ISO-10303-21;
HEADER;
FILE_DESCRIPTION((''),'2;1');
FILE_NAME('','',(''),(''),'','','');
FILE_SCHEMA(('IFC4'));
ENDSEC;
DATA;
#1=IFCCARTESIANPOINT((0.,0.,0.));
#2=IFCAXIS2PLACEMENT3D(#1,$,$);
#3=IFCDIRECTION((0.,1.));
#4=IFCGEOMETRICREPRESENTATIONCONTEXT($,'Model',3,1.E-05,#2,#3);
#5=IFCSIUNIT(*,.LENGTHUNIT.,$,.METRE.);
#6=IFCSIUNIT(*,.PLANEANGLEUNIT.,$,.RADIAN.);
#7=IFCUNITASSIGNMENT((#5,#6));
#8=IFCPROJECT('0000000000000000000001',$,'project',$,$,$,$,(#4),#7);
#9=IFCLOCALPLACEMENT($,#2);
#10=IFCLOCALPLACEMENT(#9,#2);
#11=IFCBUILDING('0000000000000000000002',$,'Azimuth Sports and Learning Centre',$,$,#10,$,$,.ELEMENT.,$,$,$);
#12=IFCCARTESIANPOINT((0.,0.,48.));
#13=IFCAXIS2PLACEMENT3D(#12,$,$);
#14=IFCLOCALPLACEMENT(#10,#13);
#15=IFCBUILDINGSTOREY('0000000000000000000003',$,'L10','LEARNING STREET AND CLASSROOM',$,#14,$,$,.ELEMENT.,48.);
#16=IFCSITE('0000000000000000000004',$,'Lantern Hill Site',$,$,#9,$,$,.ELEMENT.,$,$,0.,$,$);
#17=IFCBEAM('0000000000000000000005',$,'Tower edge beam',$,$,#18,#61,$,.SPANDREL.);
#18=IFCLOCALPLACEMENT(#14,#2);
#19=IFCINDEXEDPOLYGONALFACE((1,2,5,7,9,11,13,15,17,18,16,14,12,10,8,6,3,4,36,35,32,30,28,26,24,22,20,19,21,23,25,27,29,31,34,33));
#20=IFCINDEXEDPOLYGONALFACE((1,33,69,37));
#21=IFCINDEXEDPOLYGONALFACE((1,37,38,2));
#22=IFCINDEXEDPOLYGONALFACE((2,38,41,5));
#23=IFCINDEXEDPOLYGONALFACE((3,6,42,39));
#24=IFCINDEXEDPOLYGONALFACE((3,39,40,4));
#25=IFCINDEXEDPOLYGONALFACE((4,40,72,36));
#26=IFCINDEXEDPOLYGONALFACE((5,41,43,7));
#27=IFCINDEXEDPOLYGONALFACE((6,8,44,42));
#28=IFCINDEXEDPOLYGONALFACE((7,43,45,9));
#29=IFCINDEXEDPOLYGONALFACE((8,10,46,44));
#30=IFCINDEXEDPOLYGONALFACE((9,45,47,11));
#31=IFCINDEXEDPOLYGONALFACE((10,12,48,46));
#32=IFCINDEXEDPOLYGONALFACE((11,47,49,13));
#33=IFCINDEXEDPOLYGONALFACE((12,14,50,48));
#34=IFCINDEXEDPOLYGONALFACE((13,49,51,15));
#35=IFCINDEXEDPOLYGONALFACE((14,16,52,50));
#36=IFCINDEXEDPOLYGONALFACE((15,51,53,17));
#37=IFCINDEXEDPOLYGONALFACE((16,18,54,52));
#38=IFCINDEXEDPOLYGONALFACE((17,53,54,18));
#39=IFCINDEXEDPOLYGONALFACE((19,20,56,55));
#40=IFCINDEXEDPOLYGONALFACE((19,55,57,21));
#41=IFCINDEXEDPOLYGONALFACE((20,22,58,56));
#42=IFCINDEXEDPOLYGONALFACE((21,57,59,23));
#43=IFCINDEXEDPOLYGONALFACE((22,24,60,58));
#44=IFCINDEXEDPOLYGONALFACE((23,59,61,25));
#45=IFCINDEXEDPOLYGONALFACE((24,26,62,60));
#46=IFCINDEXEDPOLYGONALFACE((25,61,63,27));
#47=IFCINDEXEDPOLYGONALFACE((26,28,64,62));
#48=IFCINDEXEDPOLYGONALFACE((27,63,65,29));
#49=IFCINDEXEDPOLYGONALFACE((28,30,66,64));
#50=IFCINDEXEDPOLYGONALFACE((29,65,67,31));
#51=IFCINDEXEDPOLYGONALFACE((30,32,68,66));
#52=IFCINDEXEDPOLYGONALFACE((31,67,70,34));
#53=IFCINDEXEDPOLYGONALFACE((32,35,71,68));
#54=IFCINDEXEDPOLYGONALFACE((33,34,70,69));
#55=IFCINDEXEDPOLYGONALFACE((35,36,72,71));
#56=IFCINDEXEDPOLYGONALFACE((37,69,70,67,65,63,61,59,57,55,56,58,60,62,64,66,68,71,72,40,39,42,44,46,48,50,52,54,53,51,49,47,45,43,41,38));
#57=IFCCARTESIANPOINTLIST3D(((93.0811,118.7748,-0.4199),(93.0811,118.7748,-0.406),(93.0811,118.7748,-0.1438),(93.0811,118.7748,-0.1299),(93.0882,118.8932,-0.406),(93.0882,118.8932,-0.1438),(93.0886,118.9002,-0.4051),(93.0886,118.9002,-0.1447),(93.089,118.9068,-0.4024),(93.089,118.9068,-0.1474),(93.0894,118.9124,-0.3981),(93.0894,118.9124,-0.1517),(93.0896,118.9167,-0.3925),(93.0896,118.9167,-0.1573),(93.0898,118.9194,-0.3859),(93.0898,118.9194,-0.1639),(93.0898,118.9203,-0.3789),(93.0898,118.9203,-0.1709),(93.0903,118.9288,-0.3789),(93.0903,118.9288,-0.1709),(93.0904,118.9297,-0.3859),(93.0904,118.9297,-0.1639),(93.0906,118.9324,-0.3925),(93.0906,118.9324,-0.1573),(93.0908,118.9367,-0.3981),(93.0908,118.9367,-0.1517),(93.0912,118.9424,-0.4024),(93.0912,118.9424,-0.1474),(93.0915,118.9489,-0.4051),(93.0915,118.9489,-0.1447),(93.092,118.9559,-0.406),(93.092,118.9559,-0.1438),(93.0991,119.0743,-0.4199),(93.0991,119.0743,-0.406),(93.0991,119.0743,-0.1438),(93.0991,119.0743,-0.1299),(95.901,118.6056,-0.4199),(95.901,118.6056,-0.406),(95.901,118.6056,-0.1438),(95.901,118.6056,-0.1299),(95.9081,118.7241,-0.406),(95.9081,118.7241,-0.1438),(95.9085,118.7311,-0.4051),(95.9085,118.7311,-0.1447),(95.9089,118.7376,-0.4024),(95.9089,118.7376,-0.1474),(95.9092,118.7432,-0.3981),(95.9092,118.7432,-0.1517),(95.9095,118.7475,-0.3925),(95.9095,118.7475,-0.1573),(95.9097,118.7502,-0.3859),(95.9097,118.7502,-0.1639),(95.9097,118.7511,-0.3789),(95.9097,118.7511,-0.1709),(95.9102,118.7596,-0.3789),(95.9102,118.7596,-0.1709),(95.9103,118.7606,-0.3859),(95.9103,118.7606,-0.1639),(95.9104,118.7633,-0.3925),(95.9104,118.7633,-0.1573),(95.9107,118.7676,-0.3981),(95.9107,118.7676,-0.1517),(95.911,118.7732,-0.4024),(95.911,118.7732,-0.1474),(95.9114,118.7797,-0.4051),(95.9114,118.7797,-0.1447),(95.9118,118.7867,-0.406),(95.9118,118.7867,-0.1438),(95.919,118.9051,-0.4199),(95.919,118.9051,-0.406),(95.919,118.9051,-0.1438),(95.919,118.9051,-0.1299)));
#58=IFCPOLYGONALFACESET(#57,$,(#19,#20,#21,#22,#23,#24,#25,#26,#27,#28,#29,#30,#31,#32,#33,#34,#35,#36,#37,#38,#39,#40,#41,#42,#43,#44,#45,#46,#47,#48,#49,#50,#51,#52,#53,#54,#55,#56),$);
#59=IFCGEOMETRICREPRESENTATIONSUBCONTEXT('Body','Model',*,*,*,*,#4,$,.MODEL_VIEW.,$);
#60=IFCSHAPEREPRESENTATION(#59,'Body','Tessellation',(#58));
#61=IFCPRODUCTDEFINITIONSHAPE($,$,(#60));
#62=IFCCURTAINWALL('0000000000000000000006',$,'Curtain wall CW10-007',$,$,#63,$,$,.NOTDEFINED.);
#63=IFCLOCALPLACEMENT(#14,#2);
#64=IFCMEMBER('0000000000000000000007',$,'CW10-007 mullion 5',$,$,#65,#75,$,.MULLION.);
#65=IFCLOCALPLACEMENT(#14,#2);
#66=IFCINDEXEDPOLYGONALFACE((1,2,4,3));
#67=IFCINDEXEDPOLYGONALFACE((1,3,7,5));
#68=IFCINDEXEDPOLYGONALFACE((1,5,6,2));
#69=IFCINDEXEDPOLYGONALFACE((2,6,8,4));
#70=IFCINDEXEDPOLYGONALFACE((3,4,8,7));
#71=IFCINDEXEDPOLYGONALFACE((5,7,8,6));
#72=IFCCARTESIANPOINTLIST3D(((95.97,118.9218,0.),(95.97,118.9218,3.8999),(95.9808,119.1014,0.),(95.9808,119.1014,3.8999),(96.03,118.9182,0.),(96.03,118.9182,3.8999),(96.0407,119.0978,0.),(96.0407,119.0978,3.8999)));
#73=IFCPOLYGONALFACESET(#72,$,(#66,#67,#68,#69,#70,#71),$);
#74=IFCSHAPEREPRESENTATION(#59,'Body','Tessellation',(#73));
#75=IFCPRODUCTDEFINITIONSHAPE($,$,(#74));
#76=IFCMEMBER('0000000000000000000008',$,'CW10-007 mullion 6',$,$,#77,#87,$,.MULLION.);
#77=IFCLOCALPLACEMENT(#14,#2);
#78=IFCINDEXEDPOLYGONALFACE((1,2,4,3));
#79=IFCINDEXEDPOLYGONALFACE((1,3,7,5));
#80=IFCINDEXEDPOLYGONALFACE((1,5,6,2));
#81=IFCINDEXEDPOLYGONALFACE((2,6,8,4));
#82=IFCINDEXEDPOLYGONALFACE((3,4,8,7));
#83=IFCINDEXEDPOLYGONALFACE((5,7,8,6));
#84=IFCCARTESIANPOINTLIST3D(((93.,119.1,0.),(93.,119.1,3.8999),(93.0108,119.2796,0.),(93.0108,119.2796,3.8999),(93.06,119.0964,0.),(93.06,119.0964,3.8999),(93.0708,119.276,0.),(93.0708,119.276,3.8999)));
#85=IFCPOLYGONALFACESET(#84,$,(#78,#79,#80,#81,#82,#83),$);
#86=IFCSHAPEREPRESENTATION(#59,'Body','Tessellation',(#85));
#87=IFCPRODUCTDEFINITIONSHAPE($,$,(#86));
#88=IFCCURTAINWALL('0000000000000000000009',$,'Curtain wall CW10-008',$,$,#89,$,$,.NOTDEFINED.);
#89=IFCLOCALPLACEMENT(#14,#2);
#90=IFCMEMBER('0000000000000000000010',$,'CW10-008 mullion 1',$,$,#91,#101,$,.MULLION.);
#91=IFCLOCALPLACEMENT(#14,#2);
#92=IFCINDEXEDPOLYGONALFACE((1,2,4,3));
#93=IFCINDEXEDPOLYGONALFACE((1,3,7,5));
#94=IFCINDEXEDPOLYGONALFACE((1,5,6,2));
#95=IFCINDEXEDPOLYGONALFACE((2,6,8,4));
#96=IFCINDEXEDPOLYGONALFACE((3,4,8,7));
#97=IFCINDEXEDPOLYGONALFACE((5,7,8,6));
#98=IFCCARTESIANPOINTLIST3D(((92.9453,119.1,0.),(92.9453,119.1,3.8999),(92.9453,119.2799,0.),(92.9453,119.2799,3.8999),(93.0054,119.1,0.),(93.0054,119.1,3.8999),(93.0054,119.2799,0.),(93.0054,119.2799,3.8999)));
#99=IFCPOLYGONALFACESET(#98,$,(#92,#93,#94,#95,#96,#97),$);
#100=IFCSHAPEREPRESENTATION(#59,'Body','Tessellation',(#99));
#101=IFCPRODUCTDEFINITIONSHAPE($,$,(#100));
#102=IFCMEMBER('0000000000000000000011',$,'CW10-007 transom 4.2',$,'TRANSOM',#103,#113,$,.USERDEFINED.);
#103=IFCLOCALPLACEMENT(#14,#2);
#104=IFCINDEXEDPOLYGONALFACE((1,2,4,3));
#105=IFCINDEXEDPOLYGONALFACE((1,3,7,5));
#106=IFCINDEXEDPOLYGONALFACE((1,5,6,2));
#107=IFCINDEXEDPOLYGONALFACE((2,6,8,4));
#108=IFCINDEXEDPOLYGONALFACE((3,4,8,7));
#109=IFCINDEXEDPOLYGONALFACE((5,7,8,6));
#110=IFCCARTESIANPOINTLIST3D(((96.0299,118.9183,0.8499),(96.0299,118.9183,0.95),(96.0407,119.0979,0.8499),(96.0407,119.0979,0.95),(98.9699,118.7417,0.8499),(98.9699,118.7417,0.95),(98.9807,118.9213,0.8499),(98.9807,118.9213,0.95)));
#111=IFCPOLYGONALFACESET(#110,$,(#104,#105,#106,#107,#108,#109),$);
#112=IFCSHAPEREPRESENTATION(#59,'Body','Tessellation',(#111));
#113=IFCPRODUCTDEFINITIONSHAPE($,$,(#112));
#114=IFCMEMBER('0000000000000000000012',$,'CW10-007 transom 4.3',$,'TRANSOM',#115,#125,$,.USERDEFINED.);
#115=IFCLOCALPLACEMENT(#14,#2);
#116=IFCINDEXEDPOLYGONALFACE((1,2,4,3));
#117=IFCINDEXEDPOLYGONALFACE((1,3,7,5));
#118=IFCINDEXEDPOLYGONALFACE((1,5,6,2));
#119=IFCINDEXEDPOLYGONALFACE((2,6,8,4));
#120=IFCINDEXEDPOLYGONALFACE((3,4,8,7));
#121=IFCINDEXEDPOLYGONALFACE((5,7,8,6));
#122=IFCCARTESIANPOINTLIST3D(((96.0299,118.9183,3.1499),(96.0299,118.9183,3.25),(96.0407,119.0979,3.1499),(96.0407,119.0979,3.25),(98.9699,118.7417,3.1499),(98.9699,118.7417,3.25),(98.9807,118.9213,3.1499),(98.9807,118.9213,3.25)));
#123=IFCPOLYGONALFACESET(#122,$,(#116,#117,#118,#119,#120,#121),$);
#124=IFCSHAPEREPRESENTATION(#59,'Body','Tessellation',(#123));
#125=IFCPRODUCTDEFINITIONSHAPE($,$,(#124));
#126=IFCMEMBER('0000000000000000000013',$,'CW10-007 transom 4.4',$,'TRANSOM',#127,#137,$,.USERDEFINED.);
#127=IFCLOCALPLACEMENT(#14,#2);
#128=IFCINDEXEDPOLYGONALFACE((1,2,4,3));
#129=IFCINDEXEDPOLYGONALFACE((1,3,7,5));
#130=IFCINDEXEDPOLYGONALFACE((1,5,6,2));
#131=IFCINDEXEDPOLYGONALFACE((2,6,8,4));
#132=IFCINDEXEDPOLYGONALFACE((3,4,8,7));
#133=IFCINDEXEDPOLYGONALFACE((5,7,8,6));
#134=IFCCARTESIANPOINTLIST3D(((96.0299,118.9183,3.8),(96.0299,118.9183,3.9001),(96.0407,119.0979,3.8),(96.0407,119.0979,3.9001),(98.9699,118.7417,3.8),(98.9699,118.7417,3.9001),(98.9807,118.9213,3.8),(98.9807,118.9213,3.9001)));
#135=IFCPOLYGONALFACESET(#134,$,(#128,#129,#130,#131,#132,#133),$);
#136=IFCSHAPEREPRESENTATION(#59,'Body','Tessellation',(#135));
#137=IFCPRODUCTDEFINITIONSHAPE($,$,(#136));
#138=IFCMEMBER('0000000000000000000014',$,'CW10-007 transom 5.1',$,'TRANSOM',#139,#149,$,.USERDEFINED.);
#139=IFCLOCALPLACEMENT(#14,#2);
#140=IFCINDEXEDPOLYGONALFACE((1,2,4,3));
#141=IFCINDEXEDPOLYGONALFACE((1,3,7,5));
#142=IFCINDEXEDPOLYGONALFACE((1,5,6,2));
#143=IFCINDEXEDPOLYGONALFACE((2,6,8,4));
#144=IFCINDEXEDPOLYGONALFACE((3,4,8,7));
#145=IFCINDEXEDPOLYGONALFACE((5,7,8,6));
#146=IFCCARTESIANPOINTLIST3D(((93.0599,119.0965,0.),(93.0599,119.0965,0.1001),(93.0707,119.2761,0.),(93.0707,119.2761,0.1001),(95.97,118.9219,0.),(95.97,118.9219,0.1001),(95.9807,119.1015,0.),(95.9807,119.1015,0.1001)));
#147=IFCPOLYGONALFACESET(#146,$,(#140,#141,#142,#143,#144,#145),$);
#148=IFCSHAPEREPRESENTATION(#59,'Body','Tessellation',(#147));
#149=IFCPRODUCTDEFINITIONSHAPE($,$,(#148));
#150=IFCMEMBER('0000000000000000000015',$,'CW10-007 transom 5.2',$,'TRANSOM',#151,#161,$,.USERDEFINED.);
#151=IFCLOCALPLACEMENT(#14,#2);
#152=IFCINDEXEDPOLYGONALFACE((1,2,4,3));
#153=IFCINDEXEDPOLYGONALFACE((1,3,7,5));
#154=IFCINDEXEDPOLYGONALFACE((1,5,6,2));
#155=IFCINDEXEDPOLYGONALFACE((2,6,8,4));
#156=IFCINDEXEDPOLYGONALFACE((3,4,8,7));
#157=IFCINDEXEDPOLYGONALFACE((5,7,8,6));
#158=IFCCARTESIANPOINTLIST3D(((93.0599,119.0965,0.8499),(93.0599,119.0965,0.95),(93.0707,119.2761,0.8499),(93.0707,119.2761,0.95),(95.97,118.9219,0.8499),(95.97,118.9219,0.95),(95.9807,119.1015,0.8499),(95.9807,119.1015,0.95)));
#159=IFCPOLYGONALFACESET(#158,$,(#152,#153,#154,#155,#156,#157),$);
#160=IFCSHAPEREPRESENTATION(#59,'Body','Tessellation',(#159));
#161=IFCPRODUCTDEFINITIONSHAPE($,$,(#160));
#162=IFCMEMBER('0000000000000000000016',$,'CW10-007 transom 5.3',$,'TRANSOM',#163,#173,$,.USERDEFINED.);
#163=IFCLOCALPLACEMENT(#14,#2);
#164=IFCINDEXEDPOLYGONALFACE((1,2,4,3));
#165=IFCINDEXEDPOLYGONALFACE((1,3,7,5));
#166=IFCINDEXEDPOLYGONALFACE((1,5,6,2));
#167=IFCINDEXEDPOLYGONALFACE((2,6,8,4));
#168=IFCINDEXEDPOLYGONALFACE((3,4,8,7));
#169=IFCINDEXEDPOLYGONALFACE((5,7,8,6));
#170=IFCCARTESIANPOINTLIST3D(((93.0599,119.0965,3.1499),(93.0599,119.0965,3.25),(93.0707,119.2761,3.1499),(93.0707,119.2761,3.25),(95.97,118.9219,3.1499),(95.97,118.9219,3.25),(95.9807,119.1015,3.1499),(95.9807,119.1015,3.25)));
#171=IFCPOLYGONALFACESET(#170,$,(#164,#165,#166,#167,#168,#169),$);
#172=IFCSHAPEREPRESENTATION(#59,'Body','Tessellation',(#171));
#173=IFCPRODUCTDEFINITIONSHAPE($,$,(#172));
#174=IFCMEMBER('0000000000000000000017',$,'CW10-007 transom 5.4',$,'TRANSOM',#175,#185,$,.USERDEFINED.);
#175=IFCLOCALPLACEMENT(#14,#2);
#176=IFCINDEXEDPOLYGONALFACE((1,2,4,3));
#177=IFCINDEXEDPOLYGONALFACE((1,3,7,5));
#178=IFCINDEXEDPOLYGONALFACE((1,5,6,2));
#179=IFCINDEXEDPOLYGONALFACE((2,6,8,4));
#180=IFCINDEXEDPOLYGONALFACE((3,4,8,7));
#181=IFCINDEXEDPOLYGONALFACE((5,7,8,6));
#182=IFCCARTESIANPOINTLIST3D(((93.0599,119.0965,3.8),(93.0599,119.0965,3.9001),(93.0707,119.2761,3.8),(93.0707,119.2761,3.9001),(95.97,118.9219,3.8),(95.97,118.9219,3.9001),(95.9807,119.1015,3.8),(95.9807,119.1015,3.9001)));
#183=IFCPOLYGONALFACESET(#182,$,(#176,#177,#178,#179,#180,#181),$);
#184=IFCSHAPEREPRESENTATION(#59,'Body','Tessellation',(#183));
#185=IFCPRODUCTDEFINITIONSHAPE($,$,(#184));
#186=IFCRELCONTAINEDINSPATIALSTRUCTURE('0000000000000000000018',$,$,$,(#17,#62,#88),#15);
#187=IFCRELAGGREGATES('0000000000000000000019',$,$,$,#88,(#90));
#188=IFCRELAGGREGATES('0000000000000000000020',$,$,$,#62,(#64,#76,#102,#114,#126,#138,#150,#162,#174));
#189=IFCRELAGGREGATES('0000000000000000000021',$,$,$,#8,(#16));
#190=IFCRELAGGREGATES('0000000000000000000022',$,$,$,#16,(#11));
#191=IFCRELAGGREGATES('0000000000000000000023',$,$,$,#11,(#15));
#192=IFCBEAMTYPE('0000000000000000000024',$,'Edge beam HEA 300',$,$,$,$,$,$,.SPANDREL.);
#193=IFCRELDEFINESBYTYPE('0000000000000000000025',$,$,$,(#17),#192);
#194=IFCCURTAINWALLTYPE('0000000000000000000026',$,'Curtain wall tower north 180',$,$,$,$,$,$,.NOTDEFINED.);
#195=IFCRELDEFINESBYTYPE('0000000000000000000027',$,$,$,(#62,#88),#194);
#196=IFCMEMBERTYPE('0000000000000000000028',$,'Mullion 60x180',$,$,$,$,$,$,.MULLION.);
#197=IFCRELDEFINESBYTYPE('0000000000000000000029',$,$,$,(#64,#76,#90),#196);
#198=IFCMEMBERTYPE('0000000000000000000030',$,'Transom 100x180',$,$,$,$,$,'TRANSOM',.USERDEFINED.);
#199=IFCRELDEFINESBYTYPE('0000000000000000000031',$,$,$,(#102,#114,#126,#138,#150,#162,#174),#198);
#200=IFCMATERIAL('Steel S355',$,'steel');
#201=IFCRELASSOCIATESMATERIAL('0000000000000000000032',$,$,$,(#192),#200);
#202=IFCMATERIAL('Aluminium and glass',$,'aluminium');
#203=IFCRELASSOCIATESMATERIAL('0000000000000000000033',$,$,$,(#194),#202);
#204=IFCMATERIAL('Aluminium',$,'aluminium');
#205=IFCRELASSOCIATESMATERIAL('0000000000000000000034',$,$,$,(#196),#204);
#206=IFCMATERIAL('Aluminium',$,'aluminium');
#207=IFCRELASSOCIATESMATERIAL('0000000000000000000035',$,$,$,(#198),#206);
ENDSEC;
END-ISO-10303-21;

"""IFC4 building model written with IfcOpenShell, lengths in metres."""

from ifc_helpers import new_model, si_unit, direction, frame, origin, origin_2d, place, context, subcontext, project, spatial, rectangle, i_section, extrude, material, material_profile, profile_set, type_object, element, aggregate, save


model = new_model("IFC4")

# Units and contexts
model_context = context("Model", 3, precision=1e-05, world=origin(), true_north=direction((0.0, 1.0)))
body_context = subcontext(model_context, "Body", "Model", "MODEL_VIEW")
ifc_project = project(units=[si_unit("LENGTHUNIT", "METRE"), si_unit("PLANEANGLEUNIT", "RADIAN")], contexts=[model_context])

# Site, building, storey
site_placement = place(None, origin())
site = spatial("IfcSite", under=ifc_project, at=site_placement, Name="Lantern Hill Site", CompositionType="ELEMENT", RefElevation=0.0)
building_placement = place(site_placement, origin())
building = spatial("IfcBuilding", under=site, at=building_placement, Name="Azimuth Sports and Learning Centre", CompositionType="ELEMENT")
storey_placement = place(building_placement, frame((0.0, 0.0, 48.0)))
storey = spatial("IfcBuildingStorey", under=building, at=storey_placement, Name="L10", Description="LEARNING STREET AND CLASSROOM", CompositionType="ELEMENT", Elevation=48.0)

# Beam
ifc_material_1 = material(Name="Steel S355", Category="steel")
ifc_material_profile_1 = material_profile(ifc_material_1, i_section(OverallWidth=0.3, OverallDepth=0.29, WebThickness=0.0085, FlangeThickness=0.0139, FilletRadius=0.0271, at=origin_2d()), Name="HEA 300")
ifc_profile_set_1 = profile_set([ifc_material_profile_1], Name="Steel S355")
beam_type = type_object("IfcBeamType", Name="Edge beam HEA 300", PredefinedType="SPANDREL", material=ifc_profile_set_1)
beam_placement = place(storey_placement, frame((93.0901, 118.9246, -0.2749), z_axis=(0.998205, -0.059892, 0.0), x_axis=(0.059892, 0.998205, 0.0)))
element("IfcBeam", 1, at=beam_placement, inside=storey, type_object=beam_type, Name="Tower edge beam", PredefinedType="SPANDREL", context=body_context, shape_type="SweptSolid", body=[
    extrude(i_section(OverallWidth=0.3, OverallDepth=0.29, WebThickness=0.0085, FlangeThickness=0.0139, FilletRadius=0.0271, at=origin_2d()), origin(), (0.0, 0.0, 1.0), 2.825),
])

# Curtain wall, members
ifc_material_2 = material(Name="Aluminium and glass", Category="aluminium")
curtain_wall_type = type_object("IfcCurtainWallType", Name="Curtain wall tower north 180", PredefinedType="NOTDEFINED", material=ifc_material_2)
curtain_wall_1_placement = place(storey_placement, origin())
curtain_wall_1 = element("IfcCurtainWall", 2, at=curtain_wall_1_placement, inside=storey, type_object=curtain_wall_type, Name="Curtain wall CW10-007", PredefinedType="NOTDEFINED")
ifc_material_3 = material(Name="Aluminium", Category="aluminium")
ifc_material_profile_2 = material_profile(ifc_material_3, rectangle(XDim=0.1799, YDim=0.0601, at=origin_2d()), Name="Mullion 60x180")
ifc_profile_set_2 = profile_set([ifc_material_profile_2], Name="Aluminium")
member_type_1 = type_object("IfcMemberType", Name="Mullion 60x180", PredefinedType="MULLION", material=ifc_profile_set_2)
member_1_placement = place(storey_placement, frame((96.0054, 119.0098, 0.0), z_axis=(0.0, 0.0, 1.0), x_axis=(-0.059892, -0.998205, 0.0)))
member_1 = element("IfcMember", 3, at=member_1_placement, type_object=member_type_1, Name="CW10-007 mullion 5", PredefinedType="MULLION", context=body_context, shape_type="SweptSolid", body=[
    extrude(rectangle(XDim=0.1799, YDim=0.0601, at=origin_2d()), origin(), (0.0, 0.0, 1.0), 3.8999),
])
member_2_placement = place(storey_placement, frame((93.0354, 119.188, 0.0), z_axis=(0.0, 0.0, 1.0), x_axis=(-0.059892, -0.998205, 0.0)))
member_2 = element("IfcMember", 4, at=member_2_placement, type_object=member_type_1, Name="CW10-007 mullion 6", PredefinedType="MULLION", context=body_context, shape_type="SweptSolid", body=[
    extrude(rectangle(XDim=0.1799, YDim=0.0601, at=origin_2d()), origin(), (0.0, 0.0, 1.0), 3.8999),
])

# Curtain wall, member
curtain_wall_2_placement = place(storey_placement, origin())
curtain_wall_2 = element("IfcCurtainWall", 5, at=curtain_wall_2_placement, inside=storey, type_object=curtain_wall_type, Name="Curtain wall CW10-008", PredefinedType="NOTDEFINED")
member_3_placement = place(storey_placement, frame((92.9753, 119.1899, 0.0), z_axis=(0.0, 0.0, 1.0), x_axis=(0.0, -1.0, 0.0)))
member_3 = element("IfcMember", 6, at=member_3_placement, type_object=member_type_1, Name="CW10-008 mullion 1", PredefinedType="MULLION", context=body_context, shape_type="SweptSolid", body=[
    extrude(rectangle(XDim=0.1799, YDim=0.0601, at=origin_2d()), origin(), (0.0, 0.0, 1.0), 3.8999),
])

# Members
ifc_material_4 = material(Name="Aluminium", Category="aluminium")
ifc_material_profile_3 = material_profile(ifc_material_4, rectangle(XDim=0.1799, YDim=0.1001, at=origin_2d()), Name="Transom 100x180")
ifc_profile_set_3 = profile_set([ifc_material_profile_3], Name="Aluminium")
member_type_2 = type_object("IfcMemberType", Name="Transom 100x180", ElementType="TRANSOM", PredefinedType="USERDEFINED", material=ifc_profile_set_3)
member_4_placement = place(storey_placement, frame((98.9753, 118.8315, 0.8999), z_axis=(-0.998202, 0.059932, 0.0), x_axis=(-0.059932, -0.998202, 0.0)))
member_4 = element("IfcMember", 7, at=member_4_placement, type_object=member_type_2, Name="CW10-007 transom 4.2", ObjectType="TRANSOM", PredefinedType="USERDEFINED", context=body_context, shape_type="SweptSolid", body=[
    extrude(rectangle(XDim=0.1799, YDim=0.1001, at=origin_2d()), origin(), (0.0, 0.0, 1.0), 2.9453),
])
member_5_placement = place(storey_placement, frame((98.9753, 118.8315, 3.2), z_axis=(-0.998202, 0.059932, 0.0), x_axis=(-0.059932, -0.998202, 0.0)))
member_5 = element("IfcMember", 8, at=member_5_placement, type_object=member_type_2, Name="CW10-007 transom 4.3", ObjectType="TRANSOM", PredefinedType="USERDEFINED", context=body_context, shape_type="SweptSolid", body=[
    extrude(rectangle(XDim=0.1799, YDim=0.1001, at=origin_2d()), origin(), (0.0, 0.0, 1.0), 2.9453),
])
member_6_placement = place(storey_placement, frame((98.9753, 118.8315, 3.8501), z_axis=(-0.998202, 0.059932, 0.0), x_axis=(-0.059932, -0.998202, 0.0)))
member_6 = element("IfcMember", 9, at=member_6_placement, type_object=member_type_2, Name="CW10-007 transom 4.4", ObjectType="TRANSOM", PredefinedType="USERDEFINED", context=body_context, shape_type="SweptSolid", body=[
    extrude(rectangle(XDim=0.1799, YDim=0.1001, at=origin_2d()), origin(), (0.0, 0.0, 1.0), 2.9453),
])
member_7_placement = place(storey_placement, frame((95.9753, 119.0117, 0.05), z_axis=(-0.998206, 0.059876, 0.0), x_axis=(-0.059876, -0.998206, 0.0)))
member_7 = element("IfcMember", 10, at=member_7_placement, type_object=member_type_2, Name="CW10-007 transom 5.1", ObjectType="TRANSOM", PredefinedType="USERDEFINED", context=body_context, shape_type="SweptSolid", body=[
    extrude(rectangle(XDim=0.1799, YDim=0.1001, at=origin_2d()), origin(), (0.0, 0.0, 1.0), 2.9153),
])
member_8_placement = place(storey_placement, frame((95.9753, 119.0117, 0.8999), z_axis=(-0.998206, 0.059876, 0.0), x_axis=(-0.059876, -0.998206, 0.0)))
member_8 = element("IfcMember", 11, at=member_8_placement, type_object=member_type_2, Name="CW10-007 transom 5.2", ObjectType="TRANSOM", PredefinedType="USERDEFINED", context=body_context, shape_type="SweptSolid", body=[
    extrude(rectangle(XDim=0.1799, YDim=0.1001, at=origin_2d()), origin(), (0.0, 0.0, 1.0), 2.9153),
])
member_9_placement = place(storey_placement, frame((95.9753, 119.0117, 3.2), z_axis=(-0.998206, 0.059876, 0.0), x_axis=(-0.059876, -0.998206, 0.0)))
member_9 = element("IfcMember", 12, at=member_9_placement, type_object=member_type_2, Name="CW10-007 transom 5.3", ObjectType="TRANSOM", PredefinedType="USERDEFINED", context=body_context, shape_type="SweptSolid", body=[
    extrude(rectangle(XDim=0.1799, YDim=0.1001, at=origin_2d()), origin(), (0.0, 0.0, 1.0), 2.9153),
])
member_10_placement = place(storey_placement, frame((95.9753, 119.0117, 3.8501), z_axis=(-0.998206, 0.059876, 0.0), x_axis=(-0.059876, -0.998206, 0.0)))
member_10 = element("IfcMember", 13, at=member_10_placement, type_object=member_type_2, Name="CW10-007 transom 5.4", ObjectType="TRANSOM", PredefinedType="USERDEFINED", context=body_context, shape_type="SweptSolid", body=[
    extrude(rectangle(XDim=0.1799, YDim=0.1001, at=origin_2d()), origin(), (0.0, 0.0, 1.0), 2.9153),
])
aggregate(curtain_wall_2, [member_3])

aggregate(curtain_wall_1, [member_1, member_2, member_4, member_5, member_6, member_7, member_8, member_9, member_10])

save(model, "model.ifc")
